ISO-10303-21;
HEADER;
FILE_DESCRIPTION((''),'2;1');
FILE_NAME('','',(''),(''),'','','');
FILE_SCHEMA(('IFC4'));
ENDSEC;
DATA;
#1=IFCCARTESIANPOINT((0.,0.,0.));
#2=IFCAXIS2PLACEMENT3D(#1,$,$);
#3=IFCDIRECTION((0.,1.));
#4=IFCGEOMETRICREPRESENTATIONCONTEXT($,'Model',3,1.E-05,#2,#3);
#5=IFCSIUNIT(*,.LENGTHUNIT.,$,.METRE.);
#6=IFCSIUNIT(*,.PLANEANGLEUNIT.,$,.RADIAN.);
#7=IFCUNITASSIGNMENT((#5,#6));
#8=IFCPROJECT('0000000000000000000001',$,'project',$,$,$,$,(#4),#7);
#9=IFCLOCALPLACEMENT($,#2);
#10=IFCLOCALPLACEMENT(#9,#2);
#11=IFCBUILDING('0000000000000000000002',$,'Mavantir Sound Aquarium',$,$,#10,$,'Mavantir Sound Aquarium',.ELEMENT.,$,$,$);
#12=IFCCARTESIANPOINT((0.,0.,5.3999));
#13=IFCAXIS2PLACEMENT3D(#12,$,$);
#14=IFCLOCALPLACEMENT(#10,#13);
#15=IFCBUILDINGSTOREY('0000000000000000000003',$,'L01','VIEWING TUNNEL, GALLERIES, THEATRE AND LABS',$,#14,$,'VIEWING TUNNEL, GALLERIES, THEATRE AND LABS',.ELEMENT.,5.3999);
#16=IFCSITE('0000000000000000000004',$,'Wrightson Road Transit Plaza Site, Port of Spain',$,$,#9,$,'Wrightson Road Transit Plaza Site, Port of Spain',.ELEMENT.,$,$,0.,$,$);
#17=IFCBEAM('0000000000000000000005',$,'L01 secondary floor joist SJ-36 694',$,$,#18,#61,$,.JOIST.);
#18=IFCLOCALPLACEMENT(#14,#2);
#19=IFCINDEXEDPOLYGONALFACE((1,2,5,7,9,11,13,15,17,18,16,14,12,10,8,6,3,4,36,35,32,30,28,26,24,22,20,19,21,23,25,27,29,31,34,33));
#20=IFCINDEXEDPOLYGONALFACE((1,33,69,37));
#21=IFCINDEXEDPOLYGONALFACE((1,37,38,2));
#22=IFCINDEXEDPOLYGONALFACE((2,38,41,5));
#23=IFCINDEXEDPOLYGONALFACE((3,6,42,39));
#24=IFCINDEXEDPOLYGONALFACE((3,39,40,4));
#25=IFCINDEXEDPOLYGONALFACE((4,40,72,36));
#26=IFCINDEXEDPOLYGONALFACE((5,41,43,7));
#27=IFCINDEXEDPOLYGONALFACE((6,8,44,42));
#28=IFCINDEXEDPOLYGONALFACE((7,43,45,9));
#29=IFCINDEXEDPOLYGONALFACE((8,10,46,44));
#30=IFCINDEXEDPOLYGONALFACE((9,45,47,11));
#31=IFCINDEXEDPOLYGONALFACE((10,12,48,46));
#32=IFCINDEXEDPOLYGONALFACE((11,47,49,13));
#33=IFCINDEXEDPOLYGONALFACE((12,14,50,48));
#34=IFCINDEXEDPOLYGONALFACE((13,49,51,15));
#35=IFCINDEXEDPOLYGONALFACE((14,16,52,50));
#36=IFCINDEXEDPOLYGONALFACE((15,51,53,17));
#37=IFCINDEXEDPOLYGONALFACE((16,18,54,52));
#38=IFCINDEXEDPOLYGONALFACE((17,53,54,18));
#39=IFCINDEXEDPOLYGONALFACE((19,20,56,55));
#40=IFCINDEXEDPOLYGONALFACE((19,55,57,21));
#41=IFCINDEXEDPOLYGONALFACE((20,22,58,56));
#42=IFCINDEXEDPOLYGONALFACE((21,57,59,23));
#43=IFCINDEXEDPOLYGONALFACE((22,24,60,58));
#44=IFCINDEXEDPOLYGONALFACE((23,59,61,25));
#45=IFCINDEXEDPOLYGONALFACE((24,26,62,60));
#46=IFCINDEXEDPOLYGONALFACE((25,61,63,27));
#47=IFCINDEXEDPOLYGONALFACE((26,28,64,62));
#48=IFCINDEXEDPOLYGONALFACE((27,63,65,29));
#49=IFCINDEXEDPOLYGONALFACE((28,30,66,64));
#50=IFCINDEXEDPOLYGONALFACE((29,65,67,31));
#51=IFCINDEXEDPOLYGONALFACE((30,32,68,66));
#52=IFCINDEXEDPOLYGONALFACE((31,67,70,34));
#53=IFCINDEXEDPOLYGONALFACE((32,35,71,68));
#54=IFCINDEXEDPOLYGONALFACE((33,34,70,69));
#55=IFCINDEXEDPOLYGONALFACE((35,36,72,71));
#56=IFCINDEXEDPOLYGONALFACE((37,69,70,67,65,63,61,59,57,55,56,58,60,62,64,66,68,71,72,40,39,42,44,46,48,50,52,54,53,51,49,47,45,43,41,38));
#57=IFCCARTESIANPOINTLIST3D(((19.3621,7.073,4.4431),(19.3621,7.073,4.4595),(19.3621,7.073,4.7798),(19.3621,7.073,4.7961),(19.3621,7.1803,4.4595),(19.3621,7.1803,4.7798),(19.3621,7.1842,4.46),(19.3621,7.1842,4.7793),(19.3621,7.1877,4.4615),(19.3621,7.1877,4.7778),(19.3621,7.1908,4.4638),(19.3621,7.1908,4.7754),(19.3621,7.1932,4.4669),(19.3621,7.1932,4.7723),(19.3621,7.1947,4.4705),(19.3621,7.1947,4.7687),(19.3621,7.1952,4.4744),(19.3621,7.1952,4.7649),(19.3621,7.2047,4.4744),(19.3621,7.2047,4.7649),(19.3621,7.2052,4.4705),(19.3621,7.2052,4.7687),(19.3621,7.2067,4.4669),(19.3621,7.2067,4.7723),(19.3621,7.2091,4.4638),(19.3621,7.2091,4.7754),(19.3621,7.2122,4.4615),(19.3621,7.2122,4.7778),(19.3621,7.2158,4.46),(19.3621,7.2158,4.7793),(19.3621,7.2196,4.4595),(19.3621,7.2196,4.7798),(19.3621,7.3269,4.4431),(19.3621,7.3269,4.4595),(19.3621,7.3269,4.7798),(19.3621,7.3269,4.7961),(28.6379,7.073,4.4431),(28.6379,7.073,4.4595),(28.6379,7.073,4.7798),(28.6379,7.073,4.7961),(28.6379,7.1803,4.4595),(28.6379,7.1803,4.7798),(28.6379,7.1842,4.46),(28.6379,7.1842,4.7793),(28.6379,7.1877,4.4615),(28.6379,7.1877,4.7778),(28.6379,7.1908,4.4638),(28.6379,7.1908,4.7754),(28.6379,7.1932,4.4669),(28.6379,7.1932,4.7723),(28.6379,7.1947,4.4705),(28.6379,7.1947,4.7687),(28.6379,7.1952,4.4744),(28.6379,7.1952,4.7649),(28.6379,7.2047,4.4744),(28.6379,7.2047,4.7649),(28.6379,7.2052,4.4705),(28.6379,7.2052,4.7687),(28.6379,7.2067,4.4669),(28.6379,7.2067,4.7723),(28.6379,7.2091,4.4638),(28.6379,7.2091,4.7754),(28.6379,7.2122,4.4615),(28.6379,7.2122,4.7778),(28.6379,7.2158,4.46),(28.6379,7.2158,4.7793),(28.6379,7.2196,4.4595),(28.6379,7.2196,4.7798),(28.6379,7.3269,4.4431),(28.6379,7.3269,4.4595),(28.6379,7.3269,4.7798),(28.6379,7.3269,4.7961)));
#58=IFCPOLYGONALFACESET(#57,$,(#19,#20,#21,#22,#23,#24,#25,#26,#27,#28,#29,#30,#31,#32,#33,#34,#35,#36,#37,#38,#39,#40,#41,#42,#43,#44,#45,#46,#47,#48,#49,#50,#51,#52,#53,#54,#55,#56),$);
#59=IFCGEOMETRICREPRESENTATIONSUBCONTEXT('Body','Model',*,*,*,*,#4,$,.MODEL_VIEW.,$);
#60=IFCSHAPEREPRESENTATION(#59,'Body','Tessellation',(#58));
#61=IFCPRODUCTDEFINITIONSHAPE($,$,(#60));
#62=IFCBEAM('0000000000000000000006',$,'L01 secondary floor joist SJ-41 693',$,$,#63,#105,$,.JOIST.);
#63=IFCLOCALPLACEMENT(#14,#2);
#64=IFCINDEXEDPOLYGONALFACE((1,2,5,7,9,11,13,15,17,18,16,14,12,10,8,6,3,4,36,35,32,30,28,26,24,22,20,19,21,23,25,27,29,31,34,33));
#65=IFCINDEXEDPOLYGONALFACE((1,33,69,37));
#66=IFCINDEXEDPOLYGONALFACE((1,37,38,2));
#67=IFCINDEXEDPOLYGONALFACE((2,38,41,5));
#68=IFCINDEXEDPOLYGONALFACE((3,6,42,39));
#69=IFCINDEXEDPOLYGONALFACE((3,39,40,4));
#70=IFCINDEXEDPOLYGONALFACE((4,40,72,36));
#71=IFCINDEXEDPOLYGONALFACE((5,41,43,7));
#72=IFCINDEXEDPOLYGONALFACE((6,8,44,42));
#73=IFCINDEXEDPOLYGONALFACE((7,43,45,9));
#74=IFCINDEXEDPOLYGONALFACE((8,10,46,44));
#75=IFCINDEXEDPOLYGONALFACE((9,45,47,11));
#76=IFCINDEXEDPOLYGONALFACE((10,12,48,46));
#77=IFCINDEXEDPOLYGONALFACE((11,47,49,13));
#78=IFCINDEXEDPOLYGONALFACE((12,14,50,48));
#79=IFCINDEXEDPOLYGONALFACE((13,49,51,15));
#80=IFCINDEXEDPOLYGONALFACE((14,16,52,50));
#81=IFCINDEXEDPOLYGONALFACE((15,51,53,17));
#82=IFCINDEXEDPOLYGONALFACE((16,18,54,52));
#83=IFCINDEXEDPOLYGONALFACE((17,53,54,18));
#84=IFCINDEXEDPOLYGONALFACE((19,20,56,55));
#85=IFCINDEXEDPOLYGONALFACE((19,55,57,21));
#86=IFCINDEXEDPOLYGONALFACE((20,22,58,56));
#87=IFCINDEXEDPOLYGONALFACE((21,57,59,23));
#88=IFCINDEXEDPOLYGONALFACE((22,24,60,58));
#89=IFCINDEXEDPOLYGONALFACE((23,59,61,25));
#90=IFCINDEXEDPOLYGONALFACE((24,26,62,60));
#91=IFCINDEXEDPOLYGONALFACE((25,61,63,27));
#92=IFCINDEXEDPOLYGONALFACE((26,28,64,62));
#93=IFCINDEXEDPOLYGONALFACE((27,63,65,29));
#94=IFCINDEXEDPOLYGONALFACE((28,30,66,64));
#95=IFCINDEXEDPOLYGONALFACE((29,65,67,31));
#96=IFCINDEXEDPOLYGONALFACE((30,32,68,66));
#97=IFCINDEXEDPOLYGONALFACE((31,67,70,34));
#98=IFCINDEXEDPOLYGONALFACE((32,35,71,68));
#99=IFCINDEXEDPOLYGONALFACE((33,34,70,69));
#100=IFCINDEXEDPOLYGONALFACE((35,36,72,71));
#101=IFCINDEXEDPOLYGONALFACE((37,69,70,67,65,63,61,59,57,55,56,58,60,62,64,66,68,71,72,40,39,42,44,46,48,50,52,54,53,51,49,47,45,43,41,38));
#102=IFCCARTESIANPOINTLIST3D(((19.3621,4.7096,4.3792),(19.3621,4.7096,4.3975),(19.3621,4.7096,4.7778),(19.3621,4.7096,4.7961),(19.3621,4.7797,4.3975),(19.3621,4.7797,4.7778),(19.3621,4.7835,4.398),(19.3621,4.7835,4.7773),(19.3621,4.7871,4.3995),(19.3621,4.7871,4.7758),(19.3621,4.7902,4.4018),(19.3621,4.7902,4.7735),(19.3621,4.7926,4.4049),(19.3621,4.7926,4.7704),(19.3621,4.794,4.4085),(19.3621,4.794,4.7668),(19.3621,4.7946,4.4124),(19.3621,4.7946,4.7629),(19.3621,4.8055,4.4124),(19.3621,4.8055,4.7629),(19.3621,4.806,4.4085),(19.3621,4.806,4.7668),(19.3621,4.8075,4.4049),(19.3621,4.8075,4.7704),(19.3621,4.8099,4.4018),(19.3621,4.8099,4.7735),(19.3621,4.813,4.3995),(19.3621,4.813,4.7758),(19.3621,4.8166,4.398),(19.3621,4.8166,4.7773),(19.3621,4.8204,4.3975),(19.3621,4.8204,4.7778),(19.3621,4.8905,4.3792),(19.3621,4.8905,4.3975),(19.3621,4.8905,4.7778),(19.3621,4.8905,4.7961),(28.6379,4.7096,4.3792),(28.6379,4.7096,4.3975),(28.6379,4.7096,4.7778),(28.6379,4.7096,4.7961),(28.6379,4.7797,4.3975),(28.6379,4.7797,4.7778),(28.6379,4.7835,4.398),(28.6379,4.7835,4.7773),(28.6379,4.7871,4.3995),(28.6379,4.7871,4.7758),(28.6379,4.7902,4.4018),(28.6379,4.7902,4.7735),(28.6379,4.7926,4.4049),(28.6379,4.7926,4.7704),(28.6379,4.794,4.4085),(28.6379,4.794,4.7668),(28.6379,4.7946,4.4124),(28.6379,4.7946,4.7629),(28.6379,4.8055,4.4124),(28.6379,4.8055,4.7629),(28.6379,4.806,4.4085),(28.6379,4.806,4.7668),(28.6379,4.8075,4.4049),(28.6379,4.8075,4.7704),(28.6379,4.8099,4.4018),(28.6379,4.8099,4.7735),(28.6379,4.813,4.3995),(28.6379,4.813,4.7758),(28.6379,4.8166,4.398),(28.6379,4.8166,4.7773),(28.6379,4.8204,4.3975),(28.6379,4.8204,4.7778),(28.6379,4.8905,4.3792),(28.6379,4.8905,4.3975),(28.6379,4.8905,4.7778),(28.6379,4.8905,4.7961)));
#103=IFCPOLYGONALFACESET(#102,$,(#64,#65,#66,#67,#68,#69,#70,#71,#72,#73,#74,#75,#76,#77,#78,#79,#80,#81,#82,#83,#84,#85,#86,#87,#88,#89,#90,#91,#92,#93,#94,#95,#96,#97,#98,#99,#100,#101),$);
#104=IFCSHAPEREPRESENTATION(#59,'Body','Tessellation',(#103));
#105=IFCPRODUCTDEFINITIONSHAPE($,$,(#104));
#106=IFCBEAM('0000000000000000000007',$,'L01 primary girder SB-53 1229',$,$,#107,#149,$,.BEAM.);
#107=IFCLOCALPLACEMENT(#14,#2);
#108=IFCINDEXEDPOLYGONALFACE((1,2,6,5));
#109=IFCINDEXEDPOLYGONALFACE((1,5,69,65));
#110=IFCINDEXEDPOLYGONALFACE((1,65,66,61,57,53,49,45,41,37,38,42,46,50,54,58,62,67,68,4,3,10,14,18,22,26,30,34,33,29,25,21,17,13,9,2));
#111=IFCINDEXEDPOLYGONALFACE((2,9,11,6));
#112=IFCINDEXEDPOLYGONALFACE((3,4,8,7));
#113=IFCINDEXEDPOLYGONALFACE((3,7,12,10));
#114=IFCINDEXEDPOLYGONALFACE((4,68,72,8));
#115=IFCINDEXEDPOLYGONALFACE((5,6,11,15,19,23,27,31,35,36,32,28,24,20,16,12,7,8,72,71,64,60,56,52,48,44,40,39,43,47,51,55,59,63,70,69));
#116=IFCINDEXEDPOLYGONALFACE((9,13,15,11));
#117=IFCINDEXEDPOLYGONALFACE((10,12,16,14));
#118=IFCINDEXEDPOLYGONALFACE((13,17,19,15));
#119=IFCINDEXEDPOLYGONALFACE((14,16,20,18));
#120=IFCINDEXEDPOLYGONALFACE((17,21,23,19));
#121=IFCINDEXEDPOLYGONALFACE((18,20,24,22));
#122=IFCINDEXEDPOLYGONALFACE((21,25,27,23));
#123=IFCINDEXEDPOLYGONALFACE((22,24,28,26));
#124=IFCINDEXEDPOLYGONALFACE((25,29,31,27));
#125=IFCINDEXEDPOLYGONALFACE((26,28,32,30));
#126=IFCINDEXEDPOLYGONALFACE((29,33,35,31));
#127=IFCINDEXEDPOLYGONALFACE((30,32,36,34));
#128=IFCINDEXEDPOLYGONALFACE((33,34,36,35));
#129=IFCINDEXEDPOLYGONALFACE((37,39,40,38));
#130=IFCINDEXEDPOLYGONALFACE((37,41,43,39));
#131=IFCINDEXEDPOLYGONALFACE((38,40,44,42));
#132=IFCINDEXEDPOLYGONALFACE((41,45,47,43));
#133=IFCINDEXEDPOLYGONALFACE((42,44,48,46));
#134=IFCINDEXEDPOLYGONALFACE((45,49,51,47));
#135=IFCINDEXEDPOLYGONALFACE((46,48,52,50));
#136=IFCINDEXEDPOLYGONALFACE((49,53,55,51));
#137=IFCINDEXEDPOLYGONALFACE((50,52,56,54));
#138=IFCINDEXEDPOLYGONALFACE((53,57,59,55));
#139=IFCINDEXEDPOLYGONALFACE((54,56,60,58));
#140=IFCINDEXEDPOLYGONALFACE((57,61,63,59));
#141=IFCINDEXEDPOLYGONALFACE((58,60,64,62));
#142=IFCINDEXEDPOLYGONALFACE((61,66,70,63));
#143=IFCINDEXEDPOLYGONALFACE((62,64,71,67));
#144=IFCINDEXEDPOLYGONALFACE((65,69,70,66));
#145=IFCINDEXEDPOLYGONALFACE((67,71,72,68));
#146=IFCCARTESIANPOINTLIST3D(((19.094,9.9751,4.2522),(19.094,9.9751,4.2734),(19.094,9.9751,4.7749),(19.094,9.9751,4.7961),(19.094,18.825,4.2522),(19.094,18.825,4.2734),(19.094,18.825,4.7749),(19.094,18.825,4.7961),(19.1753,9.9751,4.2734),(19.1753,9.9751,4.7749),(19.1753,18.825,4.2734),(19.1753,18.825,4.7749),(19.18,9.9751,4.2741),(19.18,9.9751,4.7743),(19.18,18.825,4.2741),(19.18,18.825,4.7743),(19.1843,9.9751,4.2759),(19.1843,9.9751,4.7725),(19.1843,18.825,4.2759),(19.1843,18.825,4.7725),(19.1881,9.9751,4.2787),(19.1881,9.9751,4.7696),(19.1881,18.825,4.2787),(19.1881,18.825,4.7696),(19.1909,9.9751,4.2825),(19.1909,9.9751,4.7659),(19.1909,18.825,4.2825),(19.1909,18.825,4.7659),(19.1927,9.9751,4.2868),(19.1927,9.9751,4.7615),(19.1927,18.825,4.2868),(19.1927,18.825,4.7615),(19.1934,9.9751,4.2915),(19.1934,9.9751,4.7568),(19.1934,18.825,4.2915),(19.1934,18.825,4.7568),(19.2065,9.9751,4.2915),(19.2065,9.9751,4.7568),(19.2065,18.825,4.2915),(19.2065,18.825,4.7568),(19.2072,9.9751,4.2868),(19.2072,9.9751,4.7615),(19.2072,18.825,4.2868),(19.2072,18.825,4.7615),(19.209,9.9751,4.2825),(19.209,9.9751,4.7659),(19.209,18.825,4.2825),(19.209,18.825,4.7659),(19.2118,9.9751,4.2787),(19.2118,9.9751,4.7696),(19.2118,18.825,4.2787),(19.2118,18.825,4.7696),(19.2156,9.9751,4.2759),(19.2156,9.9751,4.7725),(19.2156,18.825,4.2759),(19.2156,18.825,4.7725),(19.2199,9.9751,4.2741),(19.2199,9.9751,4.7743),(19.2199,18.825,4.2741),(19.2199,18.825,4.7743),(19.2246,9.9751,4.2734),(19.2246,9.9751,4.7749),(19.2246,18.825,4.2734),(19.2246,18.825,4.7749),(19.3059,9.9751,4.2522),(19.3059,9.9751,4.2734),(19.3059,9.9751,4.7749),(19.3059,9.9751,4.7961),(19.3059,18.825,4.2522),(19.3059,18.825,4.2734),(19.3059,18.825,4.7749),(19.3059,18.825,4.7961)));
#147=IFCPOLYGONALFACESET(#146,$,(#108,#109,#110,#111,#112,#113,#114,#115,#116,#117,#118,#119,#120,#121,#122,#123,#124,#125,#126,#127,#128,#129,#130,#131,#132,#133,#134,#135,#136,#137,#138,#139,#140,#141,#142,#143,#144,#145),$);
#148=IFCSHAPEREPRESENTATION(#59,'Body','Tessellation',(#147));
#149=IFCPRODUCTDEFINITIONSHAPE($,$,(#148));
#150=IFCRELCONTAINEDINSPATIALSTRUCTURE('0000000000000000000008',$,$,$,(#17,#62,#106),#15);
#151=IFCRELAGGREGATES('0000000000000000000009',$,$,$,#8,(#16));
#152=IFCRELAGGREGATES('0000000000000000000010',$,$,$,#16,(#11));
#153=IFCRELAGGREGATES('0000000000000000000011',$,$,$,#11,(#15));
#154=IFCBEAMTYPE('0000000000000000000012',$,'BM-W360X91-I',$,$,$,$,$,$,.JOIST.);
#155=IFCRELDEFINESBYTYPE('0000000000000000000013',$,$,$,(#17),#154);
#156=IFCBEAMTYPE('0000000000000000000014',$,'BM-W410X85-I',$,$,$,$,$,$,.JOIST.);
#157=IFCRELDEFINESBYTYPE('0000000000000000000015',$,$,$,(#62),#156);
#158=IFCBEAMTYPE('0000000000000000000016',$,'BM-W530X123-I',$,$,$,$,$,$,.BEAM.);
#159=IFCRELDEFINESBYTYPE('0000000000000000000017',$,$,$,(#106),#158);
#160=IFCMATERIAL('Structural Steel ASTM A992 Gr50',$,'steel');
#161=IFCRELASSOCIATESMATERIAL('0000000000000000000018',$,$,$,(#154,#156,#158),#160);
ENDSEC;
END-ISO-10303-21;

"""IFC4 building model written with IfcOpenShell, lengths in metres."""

from ifc_helpers import new_model, si_unit, direction, frame, origin, origin_2d, place, context, subcontext, project, spatial, i_section, extrude, material, material_profile, profile_set, type_object, element, save


model = new_model("IFC4")

# Units and contexts
model_context = context("Model", 3, precision=1e-05, world=origin(), true_north=direction((0.0, 1.0)))
body_context = subcontext(model_context, "Body", "Model", "MODEL_VIEW")
ifc_project = project(units=[si_unit("LENGTHUNIT", "METRE"), si_unit("PLANEANGLEUNIT", "RADIAN")], contexts=[model_context])

# Site, building, storey
site_placement = place(None, origin())
site = spatial("IfcSite", under=ifc_project, at=site_placement, Name="Wrightson Road Transit Plaza Site, Port of Spain", LongName="Wrightson Road Transit Plaza Site, Port of Spain", CompositionType="ELEMENT", RefElevation=0.0)
building_placement = place(site_placement, origin())
building = spatial("IfcBuilding", under=site, at=building_placement, Name="Mavantir Sound Aquarium", LongName="Mavantir Sound Aquarium", CompositionType="ELEMENT")
storey_placement = place(building_placement, frame((0.0, 0.0, 5.3999)))
storey = spatial("IfcBuildingStorey", under=building, at=storey_placement, Name="L01", Description="VIEWING TUNNEL, GALLERIES, THEATRE AND LABS", LongName="VIEWING TUNNEL, GALLERIES, THEATRE AND LABS", CompositionType="ELEMENT", Elevation=5.3999)

# Beams
ifc_material_1 = material(Name="Structural Steel ASTM A992 Gr50", Category="steel")
ifc_material_profile_1 = material_profile(ifc_material_1, i_section(OverallWidth=0.2539, OverallDepth=0.353, WebThickness=0.0095, FlangeThickness=0.0164, FilletRadius=0.0149, at=origin_2d()), Name="W360X91")
ifc_profile_set_1 = profile_set([ifc_material_profile_1], Name="Structural Steel ASTM A992 Gr50")
beam_type_1 = type_object("IfcBeamType", Name="BM-W360X91-I", PredefinedType="JOIST", material=ifc_profile_set_1)
beam_1_placement = place(storey_placement, frame((19.3621, 7.2, 4.6196), z_axis=(1.0, 0.0, 0.0), x_axis=(0.0, 1.0, 0.0)))
element("IfcBeam", 1, at=beam_1_placement, inside=storey, type_object=beam_type_1, Name="L01 secondary floor joist SJ-36 694", PredefinedType="JOIST", context=body_context, shape_type="SweptSolid", body=[
    extrude(i_section(OverallWidth=0.2539, OverallDepth=0.353, WebThickness=0.0095, FlangeThickness=0.0164, FilletRadius=0.0149, at=origin_2d()), origin(), (0.0, 0.0, 1.0), 9.2759),
])
ifc_material_profile_2 = material_profile(ifc_material_1, i_section(OverallWidth=0.1809, OverallDepth=0.417, WebThickness=0.011, FlangeThickness=0.0183, FilletRadius=0.0149, at=origin_2d()), Name="W410X85")
ifc_profile_set_2 = profile_set([ifc_material_profile_2], Name="Structural Steel ASTM A992 Gr50")
beam_type_2 = type_object("IfcBeamType", Name="BM-W410X85-I", PredefinedType="JOIST", material=ifc_profile_set_2)
beam_2_placement = place(storey_placement, frame((19.3621, 4.8, 4.5876), z_axis=(1.0, 0.0, 0.0), x_axis=(0.0, 1.0, 0.0)))
element("IfcBeam", 2, at=beam_2_placement, inside=storey, type_object=beam_type_2, Name="L01 secondary floor joist SJ-41 693", PredefinedType="JOIST", context=body_context, shape_type="SweptSolid", body=[
    extrude(i_section(OverallWidth=0.1809, OverallDepth=0.417, WebThickness=0.011, FlangeThickness=0.0183, FilletRadius=0.0149, at=origin_2d()), origin(), (0.0, 0.0, 1.0), 9.2759),
])
ifc_material_profile_3 = material_profile(ifc_material_1, i_section(OverallWidth=0.2119, OverallDepth=0.5439, WebThickness=0.0132, FlangeThickness=0.0212, FilletRadius=0.0181, at=origin_2d()), Name="W530X123")
ifc_profile_set_3 = profile_set([ifc_material_profile_3], Name="Structural Steel ASTM A992 Gr50")
beam_type_3 = type_object("IfcBeamType", Name="BM-W530X123-I", PredefinedType="BEAM", material=ifc_profile_set_3)
beam_3_placement = place(storey_placement, frame((19.2, 9.9751, 4.5242), z_axis=(0.0, 1.0, 0.0), x_axis=(-1.0, 0.0, 0.0)))
element("IfcBeam", 3, at=beam_3_placement, inside=storey, type_object=beam_type_3, Name="L01 primary girder SB-53 1229", PredefinedType="BEAM", context=body_context, shape_type="SweptSolid", body=[
    extrude(i_section(OverallWidth=0.2119, OverallDepth=0.5439, WebThickness=0.0132, FlangeThickness=0.0212, FilletRadius=0.0181, at=origin_2d()), origin(), (0.0, 0.0, 1.0), 8.8499),
])

save(model, "model.ifc")
